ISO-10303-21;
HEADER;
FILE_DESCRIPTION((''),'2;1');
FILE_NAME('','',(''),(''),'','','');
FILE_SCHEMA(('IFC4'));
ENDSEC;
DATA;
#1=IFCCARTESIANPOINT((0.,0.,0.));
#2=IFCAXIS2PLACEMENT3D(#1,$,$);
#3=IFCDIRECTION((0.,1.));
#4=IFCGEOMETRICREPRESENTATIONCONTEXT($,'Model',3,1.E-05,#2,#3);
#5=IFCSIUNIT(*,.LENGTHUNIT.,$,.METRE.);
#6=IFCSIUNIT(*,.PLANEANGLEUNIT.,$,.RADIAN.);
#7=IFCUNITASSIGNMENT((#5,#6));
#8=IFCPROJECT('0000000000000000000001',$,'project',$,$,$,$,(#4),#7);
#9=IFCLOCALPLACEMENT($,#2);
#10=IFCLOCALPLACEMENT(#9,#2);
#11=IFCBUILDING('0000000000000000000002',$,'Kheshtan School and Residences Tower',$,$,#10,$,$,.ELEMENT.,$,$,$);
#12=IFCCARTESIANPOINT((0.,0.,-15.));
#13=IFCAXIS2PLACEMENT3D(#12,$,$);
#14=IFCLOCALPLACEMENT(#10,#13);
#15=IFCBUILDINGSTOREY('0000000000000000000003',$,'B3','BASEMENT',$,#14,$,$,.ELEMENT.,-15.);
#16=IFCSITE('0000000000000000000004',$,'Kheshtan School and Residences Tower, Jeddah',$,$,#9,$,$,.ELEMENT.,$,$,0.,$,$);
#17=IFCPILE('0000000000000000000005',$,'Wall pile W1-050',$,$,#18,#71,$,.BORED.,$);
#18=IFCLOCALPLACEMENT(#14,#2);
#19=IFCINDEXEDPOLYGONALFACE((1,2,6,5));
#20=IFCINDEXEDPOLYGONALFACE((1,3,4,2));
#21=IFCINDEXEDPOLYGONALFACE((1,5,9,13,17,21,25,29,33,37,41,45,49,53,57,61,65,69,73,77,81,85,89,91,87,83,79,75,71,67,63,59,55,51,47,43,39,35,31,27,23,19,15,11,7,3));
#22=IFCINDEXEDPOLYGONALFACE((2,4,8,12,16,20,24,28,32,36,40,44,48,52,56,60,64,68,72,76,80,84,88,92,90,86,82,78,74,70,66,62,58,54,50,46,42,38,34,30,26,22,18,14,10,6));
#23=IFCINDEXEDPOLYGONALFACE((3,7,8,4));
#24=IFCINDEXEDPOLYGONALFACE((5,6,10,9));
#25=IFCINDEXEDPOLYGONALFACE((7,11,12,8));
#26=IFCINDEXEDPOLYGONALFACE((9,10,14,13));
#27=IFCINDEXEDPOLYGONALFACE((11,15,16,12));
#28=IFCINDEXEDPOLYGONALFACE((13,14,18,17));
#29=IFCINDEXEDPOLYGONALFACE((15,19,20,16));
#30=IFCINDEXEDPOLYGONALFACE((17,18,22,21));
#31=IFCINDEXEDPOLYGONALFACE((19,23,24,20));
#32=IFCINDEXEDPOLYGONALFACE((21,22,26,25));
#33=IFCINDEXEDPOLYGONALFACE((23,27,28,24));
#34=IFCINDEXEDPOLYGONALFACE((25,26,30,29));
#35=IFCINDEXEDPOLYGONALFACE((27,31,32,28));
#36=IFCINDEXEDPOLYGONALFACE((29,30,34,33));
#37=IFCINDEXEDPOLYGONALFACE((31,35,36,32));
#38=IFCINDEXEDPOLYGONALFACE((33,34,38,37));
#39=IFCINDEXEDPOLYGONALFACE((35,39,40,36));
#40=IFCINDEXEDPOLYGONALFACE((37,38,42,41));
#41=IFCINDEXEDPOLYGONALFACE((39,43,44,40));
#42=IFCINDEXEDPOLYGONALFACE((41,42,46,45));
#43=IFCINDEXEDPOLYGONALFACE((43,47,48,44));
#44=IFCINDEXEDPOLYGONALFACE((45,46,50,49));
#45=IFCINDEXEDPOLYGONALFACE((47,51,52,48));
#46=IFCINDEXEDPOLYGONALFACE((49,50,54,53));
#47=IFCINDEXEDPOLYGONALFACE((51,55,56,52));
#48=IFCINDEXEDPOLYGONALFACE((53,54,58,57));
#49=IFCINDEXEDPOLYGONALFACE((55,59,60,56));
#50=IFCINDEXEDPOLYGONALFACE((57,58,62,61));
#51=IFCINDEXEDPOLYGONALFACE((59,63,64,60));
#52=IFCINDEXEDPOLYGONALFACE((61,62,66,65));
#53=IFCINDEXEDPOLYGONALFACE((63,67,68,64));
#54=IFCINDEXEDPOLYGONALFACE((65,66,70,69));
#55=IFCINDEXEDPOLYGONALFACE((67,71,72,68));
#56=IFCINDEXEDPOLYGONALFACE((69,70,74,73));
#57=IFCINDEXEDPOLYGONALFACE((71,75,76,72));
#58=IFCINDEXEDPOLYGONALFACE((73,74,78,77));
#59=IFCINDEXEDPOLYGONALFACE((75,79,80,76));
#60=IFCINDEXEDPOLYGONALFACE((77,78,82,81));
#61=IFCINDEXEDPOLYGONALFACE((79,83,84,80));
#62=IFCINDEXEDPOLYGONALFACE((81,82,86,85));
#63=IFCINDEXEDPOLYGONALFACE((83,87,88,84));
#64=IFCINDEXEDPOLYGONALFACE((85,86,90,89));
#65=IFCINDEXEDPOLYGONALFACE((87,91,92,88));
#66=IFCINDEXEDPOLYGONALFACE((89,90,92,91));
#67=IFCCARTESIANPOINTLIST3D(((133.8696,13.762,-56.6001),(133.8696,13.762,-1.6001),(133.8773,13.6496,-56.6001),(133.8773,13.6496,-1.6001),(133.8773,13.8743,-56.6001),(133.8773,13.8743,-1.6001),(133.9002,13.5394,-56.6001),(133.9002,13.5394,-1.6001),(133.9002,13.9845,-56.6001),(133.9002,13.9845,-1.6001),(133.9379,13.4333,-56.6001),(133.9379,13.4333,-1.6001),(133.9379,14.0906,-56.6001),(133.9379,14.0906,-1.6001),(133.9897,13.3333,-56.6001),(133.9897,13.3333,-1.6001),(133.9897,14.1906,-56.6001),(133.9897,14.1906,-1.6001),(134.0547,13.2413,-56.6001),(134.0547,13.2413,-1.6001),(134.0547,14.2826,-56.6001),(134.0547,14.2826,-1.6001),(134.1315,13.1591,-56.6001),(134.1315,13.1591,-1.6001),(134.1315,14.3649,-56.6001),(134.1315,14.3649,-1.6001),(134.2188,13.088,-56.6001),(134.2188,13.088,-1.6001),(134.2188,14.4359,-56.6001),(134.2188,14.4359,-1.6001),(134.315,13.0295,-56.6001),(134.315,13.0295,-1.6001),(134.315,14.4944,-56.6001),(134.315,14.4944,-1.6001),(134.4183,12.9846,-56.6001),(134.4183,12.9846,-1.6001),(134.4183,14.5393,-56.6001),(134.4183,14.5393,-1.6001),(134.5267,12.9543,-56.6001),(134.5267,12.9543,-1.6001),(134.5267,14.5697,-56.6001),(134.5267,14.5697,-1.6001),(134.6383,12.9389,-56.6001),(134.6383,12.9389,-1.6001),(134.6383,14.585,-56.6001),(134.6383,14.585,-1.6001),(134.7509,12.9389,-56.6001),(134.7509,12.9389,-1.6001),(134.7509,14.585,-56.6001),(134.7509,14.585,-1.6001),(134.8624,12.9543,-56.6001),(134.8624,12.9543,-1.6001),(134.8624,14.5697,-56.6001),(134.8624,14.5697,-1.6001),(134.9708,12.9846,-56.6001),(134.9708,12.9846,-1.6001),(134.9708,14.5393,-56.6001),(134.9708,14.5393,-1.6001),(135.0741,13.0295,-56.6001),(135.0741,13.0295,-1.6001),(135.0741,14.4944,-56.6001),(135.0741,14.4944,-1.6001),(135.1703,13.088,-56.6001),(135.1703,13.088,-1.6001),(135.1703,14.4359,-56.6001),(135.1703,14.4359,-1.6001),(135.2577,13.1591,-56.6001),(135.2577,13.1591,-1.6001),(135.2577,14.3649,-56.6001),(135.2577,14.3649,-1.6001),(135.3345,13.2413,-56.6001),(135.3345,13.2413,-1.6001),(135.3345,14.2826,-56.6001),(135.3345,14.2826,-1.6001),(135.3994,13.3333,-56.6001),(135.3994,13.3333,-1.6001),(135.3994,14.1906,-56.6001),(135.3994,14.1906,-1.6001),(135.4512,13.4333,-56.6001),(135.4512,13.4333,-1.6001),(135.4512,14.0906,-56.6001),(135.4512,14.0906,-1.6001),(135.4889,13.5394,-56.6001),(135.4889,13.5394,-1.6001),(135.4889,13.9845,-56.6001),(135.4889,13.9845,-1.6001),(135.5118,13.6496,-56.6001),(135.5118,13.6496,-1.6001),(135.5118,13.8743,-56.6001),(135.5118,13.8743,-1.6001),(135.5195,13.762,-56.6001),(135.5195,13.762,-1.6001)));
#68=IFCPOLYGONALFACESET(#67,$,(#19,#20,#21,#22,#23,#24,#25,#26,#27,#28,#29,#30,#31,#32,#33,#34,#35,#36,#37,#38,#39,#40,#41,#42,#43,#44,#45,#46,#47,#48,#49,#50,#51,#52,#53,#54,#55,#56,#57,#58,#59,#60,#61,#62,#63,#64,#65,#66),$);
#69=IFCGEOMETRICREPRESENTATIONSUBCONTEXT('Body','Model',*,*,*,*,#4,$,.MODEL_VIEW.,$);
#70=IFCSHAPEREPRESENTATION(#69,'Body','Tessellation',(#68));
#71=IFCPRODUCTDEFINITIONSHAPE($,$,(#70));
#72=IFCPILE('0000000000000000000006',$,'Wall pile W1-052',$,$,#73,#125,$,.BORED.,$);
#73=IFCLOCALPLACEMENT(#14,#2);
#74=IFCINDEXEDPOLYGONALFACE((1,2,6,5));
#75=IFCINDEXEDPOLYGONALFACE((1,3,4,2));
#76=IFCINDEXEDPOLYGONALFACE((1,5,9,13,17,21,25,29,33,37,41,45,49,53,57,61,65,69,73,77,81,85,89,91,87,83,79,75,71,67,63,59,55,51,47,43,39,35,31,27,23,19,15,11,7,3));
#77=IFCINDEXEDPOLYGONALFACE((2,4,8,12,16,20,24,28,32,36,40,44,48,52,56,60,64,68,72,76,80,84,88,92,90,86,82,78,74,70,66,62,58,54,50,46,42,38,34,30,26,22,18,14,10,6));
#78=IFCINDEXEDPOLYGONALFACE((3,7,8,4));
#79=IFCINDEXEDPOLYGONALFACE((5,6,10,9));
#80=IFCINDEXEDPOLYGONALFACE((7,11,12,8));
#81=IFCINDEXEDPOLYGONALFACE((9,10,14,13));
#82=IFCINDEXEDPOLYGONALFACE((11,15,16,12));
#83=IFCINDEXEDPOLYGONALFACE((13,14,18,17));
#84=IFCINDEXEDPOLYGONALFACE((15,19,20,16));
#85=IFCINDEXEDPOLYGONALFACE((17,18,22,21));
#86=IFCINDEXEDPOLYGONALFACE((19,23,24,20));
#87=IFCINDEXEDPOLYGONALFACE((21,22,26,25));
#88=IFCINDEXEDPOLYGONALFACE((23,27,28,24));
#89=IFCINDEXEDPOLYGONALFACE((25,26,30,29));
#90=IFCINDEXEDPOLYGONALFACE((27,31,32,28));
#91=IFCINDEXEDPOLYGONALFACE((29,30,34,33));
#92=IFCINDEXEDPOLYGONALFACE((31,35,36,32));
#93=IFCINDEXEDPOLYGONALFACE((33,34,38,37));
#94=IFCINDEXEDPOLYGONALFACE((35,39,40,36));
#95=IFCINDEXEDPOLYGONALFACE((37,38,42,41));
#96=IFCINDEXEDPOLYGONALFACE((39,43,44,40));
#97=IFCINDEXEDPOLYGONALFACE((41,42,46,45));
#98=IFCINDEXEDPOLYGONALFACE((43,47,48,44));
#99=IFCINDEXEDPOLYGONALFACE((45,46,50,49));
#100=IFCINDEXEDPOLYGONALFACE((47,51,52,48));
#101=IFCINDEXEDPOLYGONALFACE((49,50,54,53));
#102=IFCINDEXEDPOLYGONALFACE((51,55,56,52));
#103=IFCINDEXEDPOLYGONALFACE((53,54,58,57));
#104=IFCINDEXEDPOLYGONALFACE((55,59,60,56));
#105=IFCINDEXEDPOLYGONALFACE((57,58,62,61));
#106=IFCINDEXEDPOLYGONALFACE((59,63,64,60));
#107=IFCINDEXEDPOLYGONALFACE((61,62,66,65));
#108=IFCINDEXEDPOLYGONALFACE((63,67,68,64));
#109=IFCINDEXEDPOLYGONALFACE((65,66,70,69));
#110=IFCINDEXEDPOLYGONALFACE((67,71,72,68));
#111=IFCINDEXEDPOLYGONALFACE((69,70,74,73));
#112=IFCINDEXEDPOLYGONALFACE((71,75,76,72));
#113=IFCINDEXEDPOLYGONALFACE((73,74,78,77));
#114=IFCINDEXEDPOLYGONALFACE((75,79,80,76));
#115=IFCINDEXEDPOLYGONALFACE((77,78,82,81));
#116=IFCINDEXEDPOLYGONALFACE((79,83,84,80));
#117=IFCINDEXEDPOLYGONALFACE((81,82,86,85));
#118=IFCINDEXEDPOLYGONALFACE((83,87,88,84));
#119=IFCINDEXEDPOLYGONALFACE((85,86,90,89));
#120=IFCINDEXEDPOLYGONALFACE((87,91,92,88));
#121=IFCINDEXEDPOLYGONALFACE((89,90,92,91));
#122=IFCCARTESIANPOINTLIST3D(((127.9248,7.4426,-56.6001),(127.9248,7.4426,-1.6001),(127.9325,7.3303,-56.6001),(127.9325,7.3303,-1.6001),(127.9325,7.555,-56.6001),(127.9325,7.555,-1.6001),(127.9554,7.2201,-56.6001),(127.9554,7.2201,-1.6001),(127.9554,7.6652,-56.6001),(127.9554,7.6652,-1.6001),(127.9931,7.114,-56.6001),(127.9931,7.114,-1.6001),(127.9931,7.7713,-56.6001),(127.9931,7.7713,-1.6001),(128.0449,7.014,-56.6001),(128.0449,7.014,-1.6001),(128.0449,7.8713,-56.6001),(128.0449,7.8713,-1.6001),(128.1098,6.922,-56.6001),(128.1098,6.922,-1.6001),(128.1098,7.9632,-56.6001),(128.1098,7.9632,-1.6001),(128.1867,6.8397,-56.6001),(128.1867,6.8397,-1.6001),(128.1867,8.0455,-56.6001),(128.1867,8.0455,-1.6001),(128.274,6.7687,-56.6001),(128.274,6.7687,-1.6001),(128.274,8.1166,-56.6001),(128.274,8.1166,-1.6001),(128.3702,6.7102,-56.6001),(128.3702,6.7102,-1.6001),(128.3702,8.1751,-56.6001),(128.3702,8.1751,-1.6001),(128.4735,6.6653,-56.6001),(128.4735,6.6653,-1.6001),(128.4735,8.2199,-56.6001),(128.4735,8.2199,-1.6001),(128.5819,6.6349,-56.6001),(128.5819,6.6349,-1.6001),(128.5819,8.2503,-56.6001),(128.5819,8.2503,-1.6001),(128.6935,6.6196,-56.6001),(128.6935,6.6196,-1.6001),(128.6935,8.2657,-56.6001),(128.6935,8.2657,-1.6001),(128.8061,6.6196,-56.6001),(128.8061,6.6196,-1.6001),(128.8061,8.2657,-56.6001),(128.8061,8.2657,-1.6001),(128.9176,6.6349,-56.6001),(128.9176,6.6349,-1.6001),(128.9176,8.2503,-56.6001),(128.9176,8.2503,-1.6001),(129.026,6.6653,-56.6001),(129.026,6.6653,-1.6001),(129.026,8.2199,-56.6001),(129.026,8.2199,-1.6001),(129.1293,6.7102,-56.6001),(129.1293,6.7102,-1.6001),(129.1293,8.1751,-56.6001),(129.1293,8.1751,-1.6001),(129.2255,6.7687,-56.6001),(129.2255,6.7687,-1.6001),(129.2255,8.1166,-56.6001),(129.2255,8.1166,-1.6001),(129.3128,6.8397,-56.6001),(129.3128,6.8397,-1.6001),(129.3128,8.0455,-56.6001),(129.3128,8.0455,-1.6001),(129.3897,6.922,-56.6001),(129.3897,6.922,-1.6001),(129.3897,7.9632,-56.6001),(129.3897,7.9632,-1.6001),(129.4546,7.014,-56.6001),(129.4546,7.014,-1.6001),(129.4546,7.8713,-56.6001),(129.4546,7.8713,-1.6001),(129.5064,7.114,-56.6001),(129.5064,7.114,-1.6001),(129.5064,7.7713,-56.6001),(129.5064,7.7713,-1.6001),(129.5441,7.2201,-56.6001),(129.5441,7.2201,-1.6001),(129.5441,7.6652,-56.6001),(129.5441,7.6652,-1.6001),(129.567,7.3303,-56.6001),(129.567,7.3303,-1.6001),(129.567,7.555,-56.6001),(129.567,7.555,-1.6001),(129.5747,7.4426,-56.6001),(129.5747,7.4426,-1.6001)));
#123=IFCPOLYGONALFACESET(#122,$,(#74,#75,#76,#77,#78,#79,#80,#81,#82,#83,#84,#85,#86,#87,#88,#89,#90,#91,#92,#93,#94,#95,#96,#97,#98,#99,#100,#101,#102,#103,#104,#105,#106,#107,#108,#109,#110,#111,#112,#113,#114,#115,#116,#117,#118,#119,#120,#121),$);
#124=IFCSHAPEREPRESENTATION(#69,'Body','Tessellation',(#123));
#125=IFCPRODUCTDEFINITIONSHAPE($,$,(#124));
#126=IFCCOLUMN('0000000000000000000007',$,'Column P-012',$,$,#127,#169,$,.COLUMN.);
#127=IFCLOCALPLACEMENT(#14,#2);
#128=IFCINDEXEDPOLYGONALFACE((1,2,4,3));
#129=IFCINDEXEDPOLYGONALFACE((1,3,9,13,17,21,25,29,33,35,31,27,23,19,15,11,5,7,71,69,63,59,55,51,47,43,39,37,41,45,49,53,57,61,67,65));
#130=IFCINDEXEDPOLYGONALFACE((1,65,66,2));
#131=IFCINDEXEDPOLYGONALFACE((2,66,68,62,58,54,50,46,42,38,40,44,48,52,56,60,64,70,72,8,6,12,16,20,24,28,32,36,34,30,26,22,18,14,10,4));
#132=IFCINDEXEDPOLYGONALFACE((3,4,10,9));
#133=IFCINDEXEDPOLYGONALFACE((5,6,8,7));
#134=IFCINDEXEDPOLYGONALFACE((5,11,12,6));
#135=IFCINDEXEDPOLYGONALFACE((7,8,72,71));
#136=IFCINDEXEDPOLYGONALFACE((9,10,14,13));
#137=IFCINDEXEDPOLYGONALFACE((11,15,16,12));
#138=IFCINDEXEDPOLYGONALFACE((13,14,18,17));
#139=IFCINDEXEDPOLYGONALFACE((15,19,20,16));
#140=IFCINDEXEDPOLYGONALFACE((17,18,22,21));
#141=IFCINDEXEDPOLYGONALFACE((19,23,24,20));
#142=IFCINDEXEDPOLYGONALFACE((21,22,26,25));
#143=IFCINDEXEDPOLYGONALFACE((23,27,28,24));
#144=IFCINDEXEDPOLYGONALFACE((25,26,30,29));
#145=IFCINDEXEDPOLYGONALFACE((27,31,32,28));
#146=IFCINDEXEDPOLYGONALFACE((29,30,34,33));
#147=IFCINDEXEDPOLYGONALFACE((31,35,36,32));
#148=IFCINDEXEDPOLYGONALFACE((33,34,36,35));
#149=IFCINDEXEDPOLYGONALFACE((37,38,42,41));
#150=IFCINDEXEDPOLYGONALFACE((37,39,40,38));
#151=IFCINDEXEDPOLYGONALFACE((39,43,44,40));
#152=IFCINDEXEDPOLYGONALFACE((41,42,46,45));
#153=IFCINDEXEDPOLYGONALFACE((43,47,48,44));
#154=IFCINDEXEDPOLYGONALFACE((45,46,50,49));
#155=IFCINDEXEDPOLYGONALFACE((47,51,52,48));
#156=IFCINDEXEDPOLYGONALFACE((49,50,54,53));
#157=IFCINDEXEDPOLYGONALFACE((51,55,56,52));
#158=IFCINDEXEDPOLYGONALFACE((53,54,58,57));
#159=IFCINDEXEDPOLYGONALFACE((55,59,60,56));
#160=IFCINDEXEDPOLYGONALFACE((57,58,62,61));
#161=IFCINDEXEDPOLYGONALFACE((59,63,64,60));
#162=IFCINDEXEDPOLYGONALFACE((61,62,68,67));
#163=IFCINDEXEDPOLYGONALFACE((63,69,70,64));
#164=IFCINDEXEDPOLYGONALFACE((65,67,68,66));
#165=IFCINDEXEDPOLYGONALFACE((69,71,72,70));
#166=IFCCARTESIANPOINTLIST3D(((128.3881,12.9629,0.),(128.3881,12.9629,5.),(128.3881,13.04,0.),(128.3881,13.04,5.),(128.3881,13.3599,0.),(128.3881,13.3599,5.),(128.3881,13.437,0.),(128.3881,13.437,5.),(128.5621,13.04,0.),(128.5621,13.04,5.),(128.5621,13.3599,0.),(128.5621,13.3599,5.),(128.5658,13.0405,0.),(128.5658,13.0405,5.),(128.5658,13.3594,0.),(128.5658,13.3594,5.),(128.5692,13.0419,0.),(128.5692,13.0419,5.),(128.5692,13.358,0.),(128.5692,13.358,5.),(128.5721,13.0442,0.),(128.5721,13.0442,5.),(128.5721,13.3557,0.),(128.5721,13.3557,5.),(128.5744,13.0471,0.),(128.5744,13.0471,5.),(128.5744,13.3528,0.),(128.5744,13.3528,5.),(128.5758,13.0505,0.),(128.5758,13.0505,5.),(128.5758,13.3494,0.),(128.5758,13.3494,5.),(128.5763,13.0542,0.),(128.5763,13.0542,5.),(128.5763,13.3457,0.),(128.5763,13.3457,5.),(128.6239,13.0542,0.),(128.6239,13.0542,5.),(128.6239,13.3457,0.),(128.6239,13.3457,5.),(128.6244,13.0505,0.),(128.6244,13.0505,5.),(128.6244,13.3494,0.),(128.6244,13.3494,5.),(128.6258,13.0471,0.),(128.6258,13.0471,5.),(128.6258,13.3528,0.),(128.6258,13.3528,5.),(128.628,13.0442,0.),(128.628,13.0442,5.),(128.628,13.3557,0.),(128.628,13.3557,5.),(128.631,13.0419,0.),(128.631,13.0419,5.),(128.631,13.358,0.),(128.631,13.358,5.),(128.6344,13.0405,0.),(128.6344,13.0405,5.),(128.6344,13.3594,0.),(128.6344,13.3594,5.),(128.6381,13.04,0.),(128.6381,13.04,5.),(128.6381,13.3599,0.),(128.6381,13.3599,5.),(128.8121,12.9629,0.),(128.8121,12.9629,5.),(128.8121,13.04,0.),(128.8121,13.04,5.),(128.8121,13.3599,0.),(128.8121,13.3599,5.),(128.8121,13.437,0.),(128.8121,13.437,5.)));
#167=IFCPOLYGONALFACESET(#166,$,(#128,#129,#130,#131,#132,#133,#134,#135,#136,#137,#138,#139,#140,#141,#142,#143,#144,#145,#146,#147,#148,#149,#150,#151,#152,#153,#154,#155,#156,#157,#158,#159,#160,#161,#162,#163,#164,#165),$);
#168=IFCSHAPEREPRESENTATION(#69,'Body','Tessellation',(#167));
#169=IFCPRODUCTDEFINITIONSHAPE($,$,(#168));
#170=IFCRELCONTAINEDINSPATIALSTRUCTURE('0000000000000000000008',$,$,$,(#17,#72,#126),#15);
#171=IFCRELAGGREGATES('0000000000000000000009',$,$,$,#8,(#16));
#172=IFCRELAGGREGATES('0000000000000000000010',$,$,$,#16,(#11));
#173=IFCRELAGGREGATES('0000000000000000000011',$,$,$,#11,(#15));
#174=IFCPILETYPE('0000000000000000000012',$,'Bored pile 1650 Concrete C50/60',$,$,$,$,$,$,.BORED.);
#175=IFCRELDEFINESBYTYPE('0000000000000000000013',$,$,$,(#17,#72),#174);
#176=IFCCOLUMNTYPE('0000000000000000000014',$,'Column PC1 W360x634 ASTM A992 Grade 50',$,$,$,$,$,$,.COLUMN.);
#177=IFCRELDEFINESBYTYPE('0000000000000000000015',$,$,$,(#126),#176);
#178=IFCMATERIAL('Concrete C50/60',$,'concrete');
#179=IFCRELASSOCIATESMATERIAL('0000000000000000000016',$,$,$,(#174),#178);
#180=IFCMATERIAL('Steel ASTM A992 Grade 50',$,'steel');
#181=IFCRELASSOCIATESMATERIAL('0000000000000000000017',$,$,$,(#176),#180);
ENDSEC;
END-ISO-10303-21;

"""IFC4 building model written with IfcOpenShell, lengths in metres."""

from ifc_helpers import new_model, si_unit, direction, frame, origin, origin_2d, place, context, subcontext, project, spatial, circle, i_section, extrude, material, material_profile, profile_set, type_object, element, save


model = new_model("IFC4")

# Units and contexts
model_context = context("Model", 3, precision=1e-05, world=origin(), true_north=direction((0.0, 1.0)))
body_context = subcontext(model_context, "Body", "Model", "MODEL_VIEW")
ifc_project = project(units=[si_unit("LENGTHUNIT", "METRE"), si_unit("PLANEANGLEUNIT", "RADIAN")], contexts=[model_context])

# Site, building, storey
site_placement = place(None, origin())
site = spatial("IfcSite", under=ifc_project, at=site_placement, Name="Kheshtan School and Residences Tower, Jeddah", CompositionType="ELEMENT", RefElevation=0.0)
building_placement = place(site_placement, origin())
building = spatial("IfcBuilding", under=site, at=building_placement, Name="Kheshtan School and Residences Tower", CompositionType="ELEMENT")
storey_placement = place(building_placement, frame((0.0, 0.0, -15.0)))
storey = spatial("IfcBuildingStorey", under=building, at=storey_placement, Name="B3", Description="BASEMENT", CompositionType="ELEMENT", Elevation=-15.0)

# Piles
ifc_material_1 = material(Name="Concrete C50/60", Category="concrete")
ifc_material_profile_1 = material_profile(ifc_material_1, circle(Radius=0.825, at=origin_2d()), Name="BP 1650")
ifc_profile_set_1 = profile_set([ifc_material_profile_1], Name="Concrete C50/60")
pile_type_1 = type_object("IfcPileType", Name="Bored pile 1650 Concrete C50/60", PredefinedType="BORED", material=ifc_profile_set_1)
for number, where, z_axis, x_axis, name in (
    (1, (134.6946, 13.762, -1.6001), (0.0, 0.0, -1.0), (1.0, 0.0, 0.0), "Wall pile W1-050"),
    (2, (128.7498, 7.4426, -1.6001), (0.0, 0.0, -1.0), (1.0, 0.0, 0.0), "Wall pile W1-052"),
):
    element("IfcPile", number, at=place(storey_placement, frame(where, z_axis=z_axis, x_axis=x_axis)), inside=storey, type_object=pile_type_1, Name=name, PredefinedType="BORED", context=body_context, shape_type="SweptSolid", body=[
        extrude(circle(Radius=0.825, at=origin_2d()), origin(), (0.0, 0.0, 1.0), 55.0),
    ])

# Column
ifc_material_2 = material(Name="Steel ASTM A992 Grade 50", Category="steel")
ifc_material_profile_2 = material_profile(ifc_material_2, i_section(OverallWidth=0.4241, OverallDepth=0.4741, WebThickness=0.0476, FlangeThickness=0.0771, FilletRadius=0.0142, at=origin_2d()), Name="W360x634")
ifc_profile_set_2 = profile_set([ifc_material_profile_2], Name="Steel ASTM A992 Grade 50")
column_type = type_object("IfcColumnType", Name="Column PC1 W360x634 ASTM A992 Grade 50", PredefinedType="COLUMN", material=ifc_profile_set_2)
for number, where, z_axis, x_axis, name in (
    (3, (128.6001, 13.2, 0.0), (0.0, 0.0, 1.0), (1.0, 0.0, 0.0), "Column P-012"),
):
    element("IfcColumn", number, at=place(storey_placement, frame(where, z_axis=z_axis, x_axis=x_axis)), inside=storey, type_object=column_type, Name=name, PredefinedType="COLUMN", context=body_context, shape_type="SweptSolid", body=[
        extrude(i_section(OverallWidth=0.4241, OverallDepth=0.4741, WebThickness=0.0476, FlangeThickness=0.0771, FilletRadius=0.0142, at=origin_2d()), origin(), (0.0, 0.0, 1.0), 5.0),
    ])

save(model, "model.ifc")
